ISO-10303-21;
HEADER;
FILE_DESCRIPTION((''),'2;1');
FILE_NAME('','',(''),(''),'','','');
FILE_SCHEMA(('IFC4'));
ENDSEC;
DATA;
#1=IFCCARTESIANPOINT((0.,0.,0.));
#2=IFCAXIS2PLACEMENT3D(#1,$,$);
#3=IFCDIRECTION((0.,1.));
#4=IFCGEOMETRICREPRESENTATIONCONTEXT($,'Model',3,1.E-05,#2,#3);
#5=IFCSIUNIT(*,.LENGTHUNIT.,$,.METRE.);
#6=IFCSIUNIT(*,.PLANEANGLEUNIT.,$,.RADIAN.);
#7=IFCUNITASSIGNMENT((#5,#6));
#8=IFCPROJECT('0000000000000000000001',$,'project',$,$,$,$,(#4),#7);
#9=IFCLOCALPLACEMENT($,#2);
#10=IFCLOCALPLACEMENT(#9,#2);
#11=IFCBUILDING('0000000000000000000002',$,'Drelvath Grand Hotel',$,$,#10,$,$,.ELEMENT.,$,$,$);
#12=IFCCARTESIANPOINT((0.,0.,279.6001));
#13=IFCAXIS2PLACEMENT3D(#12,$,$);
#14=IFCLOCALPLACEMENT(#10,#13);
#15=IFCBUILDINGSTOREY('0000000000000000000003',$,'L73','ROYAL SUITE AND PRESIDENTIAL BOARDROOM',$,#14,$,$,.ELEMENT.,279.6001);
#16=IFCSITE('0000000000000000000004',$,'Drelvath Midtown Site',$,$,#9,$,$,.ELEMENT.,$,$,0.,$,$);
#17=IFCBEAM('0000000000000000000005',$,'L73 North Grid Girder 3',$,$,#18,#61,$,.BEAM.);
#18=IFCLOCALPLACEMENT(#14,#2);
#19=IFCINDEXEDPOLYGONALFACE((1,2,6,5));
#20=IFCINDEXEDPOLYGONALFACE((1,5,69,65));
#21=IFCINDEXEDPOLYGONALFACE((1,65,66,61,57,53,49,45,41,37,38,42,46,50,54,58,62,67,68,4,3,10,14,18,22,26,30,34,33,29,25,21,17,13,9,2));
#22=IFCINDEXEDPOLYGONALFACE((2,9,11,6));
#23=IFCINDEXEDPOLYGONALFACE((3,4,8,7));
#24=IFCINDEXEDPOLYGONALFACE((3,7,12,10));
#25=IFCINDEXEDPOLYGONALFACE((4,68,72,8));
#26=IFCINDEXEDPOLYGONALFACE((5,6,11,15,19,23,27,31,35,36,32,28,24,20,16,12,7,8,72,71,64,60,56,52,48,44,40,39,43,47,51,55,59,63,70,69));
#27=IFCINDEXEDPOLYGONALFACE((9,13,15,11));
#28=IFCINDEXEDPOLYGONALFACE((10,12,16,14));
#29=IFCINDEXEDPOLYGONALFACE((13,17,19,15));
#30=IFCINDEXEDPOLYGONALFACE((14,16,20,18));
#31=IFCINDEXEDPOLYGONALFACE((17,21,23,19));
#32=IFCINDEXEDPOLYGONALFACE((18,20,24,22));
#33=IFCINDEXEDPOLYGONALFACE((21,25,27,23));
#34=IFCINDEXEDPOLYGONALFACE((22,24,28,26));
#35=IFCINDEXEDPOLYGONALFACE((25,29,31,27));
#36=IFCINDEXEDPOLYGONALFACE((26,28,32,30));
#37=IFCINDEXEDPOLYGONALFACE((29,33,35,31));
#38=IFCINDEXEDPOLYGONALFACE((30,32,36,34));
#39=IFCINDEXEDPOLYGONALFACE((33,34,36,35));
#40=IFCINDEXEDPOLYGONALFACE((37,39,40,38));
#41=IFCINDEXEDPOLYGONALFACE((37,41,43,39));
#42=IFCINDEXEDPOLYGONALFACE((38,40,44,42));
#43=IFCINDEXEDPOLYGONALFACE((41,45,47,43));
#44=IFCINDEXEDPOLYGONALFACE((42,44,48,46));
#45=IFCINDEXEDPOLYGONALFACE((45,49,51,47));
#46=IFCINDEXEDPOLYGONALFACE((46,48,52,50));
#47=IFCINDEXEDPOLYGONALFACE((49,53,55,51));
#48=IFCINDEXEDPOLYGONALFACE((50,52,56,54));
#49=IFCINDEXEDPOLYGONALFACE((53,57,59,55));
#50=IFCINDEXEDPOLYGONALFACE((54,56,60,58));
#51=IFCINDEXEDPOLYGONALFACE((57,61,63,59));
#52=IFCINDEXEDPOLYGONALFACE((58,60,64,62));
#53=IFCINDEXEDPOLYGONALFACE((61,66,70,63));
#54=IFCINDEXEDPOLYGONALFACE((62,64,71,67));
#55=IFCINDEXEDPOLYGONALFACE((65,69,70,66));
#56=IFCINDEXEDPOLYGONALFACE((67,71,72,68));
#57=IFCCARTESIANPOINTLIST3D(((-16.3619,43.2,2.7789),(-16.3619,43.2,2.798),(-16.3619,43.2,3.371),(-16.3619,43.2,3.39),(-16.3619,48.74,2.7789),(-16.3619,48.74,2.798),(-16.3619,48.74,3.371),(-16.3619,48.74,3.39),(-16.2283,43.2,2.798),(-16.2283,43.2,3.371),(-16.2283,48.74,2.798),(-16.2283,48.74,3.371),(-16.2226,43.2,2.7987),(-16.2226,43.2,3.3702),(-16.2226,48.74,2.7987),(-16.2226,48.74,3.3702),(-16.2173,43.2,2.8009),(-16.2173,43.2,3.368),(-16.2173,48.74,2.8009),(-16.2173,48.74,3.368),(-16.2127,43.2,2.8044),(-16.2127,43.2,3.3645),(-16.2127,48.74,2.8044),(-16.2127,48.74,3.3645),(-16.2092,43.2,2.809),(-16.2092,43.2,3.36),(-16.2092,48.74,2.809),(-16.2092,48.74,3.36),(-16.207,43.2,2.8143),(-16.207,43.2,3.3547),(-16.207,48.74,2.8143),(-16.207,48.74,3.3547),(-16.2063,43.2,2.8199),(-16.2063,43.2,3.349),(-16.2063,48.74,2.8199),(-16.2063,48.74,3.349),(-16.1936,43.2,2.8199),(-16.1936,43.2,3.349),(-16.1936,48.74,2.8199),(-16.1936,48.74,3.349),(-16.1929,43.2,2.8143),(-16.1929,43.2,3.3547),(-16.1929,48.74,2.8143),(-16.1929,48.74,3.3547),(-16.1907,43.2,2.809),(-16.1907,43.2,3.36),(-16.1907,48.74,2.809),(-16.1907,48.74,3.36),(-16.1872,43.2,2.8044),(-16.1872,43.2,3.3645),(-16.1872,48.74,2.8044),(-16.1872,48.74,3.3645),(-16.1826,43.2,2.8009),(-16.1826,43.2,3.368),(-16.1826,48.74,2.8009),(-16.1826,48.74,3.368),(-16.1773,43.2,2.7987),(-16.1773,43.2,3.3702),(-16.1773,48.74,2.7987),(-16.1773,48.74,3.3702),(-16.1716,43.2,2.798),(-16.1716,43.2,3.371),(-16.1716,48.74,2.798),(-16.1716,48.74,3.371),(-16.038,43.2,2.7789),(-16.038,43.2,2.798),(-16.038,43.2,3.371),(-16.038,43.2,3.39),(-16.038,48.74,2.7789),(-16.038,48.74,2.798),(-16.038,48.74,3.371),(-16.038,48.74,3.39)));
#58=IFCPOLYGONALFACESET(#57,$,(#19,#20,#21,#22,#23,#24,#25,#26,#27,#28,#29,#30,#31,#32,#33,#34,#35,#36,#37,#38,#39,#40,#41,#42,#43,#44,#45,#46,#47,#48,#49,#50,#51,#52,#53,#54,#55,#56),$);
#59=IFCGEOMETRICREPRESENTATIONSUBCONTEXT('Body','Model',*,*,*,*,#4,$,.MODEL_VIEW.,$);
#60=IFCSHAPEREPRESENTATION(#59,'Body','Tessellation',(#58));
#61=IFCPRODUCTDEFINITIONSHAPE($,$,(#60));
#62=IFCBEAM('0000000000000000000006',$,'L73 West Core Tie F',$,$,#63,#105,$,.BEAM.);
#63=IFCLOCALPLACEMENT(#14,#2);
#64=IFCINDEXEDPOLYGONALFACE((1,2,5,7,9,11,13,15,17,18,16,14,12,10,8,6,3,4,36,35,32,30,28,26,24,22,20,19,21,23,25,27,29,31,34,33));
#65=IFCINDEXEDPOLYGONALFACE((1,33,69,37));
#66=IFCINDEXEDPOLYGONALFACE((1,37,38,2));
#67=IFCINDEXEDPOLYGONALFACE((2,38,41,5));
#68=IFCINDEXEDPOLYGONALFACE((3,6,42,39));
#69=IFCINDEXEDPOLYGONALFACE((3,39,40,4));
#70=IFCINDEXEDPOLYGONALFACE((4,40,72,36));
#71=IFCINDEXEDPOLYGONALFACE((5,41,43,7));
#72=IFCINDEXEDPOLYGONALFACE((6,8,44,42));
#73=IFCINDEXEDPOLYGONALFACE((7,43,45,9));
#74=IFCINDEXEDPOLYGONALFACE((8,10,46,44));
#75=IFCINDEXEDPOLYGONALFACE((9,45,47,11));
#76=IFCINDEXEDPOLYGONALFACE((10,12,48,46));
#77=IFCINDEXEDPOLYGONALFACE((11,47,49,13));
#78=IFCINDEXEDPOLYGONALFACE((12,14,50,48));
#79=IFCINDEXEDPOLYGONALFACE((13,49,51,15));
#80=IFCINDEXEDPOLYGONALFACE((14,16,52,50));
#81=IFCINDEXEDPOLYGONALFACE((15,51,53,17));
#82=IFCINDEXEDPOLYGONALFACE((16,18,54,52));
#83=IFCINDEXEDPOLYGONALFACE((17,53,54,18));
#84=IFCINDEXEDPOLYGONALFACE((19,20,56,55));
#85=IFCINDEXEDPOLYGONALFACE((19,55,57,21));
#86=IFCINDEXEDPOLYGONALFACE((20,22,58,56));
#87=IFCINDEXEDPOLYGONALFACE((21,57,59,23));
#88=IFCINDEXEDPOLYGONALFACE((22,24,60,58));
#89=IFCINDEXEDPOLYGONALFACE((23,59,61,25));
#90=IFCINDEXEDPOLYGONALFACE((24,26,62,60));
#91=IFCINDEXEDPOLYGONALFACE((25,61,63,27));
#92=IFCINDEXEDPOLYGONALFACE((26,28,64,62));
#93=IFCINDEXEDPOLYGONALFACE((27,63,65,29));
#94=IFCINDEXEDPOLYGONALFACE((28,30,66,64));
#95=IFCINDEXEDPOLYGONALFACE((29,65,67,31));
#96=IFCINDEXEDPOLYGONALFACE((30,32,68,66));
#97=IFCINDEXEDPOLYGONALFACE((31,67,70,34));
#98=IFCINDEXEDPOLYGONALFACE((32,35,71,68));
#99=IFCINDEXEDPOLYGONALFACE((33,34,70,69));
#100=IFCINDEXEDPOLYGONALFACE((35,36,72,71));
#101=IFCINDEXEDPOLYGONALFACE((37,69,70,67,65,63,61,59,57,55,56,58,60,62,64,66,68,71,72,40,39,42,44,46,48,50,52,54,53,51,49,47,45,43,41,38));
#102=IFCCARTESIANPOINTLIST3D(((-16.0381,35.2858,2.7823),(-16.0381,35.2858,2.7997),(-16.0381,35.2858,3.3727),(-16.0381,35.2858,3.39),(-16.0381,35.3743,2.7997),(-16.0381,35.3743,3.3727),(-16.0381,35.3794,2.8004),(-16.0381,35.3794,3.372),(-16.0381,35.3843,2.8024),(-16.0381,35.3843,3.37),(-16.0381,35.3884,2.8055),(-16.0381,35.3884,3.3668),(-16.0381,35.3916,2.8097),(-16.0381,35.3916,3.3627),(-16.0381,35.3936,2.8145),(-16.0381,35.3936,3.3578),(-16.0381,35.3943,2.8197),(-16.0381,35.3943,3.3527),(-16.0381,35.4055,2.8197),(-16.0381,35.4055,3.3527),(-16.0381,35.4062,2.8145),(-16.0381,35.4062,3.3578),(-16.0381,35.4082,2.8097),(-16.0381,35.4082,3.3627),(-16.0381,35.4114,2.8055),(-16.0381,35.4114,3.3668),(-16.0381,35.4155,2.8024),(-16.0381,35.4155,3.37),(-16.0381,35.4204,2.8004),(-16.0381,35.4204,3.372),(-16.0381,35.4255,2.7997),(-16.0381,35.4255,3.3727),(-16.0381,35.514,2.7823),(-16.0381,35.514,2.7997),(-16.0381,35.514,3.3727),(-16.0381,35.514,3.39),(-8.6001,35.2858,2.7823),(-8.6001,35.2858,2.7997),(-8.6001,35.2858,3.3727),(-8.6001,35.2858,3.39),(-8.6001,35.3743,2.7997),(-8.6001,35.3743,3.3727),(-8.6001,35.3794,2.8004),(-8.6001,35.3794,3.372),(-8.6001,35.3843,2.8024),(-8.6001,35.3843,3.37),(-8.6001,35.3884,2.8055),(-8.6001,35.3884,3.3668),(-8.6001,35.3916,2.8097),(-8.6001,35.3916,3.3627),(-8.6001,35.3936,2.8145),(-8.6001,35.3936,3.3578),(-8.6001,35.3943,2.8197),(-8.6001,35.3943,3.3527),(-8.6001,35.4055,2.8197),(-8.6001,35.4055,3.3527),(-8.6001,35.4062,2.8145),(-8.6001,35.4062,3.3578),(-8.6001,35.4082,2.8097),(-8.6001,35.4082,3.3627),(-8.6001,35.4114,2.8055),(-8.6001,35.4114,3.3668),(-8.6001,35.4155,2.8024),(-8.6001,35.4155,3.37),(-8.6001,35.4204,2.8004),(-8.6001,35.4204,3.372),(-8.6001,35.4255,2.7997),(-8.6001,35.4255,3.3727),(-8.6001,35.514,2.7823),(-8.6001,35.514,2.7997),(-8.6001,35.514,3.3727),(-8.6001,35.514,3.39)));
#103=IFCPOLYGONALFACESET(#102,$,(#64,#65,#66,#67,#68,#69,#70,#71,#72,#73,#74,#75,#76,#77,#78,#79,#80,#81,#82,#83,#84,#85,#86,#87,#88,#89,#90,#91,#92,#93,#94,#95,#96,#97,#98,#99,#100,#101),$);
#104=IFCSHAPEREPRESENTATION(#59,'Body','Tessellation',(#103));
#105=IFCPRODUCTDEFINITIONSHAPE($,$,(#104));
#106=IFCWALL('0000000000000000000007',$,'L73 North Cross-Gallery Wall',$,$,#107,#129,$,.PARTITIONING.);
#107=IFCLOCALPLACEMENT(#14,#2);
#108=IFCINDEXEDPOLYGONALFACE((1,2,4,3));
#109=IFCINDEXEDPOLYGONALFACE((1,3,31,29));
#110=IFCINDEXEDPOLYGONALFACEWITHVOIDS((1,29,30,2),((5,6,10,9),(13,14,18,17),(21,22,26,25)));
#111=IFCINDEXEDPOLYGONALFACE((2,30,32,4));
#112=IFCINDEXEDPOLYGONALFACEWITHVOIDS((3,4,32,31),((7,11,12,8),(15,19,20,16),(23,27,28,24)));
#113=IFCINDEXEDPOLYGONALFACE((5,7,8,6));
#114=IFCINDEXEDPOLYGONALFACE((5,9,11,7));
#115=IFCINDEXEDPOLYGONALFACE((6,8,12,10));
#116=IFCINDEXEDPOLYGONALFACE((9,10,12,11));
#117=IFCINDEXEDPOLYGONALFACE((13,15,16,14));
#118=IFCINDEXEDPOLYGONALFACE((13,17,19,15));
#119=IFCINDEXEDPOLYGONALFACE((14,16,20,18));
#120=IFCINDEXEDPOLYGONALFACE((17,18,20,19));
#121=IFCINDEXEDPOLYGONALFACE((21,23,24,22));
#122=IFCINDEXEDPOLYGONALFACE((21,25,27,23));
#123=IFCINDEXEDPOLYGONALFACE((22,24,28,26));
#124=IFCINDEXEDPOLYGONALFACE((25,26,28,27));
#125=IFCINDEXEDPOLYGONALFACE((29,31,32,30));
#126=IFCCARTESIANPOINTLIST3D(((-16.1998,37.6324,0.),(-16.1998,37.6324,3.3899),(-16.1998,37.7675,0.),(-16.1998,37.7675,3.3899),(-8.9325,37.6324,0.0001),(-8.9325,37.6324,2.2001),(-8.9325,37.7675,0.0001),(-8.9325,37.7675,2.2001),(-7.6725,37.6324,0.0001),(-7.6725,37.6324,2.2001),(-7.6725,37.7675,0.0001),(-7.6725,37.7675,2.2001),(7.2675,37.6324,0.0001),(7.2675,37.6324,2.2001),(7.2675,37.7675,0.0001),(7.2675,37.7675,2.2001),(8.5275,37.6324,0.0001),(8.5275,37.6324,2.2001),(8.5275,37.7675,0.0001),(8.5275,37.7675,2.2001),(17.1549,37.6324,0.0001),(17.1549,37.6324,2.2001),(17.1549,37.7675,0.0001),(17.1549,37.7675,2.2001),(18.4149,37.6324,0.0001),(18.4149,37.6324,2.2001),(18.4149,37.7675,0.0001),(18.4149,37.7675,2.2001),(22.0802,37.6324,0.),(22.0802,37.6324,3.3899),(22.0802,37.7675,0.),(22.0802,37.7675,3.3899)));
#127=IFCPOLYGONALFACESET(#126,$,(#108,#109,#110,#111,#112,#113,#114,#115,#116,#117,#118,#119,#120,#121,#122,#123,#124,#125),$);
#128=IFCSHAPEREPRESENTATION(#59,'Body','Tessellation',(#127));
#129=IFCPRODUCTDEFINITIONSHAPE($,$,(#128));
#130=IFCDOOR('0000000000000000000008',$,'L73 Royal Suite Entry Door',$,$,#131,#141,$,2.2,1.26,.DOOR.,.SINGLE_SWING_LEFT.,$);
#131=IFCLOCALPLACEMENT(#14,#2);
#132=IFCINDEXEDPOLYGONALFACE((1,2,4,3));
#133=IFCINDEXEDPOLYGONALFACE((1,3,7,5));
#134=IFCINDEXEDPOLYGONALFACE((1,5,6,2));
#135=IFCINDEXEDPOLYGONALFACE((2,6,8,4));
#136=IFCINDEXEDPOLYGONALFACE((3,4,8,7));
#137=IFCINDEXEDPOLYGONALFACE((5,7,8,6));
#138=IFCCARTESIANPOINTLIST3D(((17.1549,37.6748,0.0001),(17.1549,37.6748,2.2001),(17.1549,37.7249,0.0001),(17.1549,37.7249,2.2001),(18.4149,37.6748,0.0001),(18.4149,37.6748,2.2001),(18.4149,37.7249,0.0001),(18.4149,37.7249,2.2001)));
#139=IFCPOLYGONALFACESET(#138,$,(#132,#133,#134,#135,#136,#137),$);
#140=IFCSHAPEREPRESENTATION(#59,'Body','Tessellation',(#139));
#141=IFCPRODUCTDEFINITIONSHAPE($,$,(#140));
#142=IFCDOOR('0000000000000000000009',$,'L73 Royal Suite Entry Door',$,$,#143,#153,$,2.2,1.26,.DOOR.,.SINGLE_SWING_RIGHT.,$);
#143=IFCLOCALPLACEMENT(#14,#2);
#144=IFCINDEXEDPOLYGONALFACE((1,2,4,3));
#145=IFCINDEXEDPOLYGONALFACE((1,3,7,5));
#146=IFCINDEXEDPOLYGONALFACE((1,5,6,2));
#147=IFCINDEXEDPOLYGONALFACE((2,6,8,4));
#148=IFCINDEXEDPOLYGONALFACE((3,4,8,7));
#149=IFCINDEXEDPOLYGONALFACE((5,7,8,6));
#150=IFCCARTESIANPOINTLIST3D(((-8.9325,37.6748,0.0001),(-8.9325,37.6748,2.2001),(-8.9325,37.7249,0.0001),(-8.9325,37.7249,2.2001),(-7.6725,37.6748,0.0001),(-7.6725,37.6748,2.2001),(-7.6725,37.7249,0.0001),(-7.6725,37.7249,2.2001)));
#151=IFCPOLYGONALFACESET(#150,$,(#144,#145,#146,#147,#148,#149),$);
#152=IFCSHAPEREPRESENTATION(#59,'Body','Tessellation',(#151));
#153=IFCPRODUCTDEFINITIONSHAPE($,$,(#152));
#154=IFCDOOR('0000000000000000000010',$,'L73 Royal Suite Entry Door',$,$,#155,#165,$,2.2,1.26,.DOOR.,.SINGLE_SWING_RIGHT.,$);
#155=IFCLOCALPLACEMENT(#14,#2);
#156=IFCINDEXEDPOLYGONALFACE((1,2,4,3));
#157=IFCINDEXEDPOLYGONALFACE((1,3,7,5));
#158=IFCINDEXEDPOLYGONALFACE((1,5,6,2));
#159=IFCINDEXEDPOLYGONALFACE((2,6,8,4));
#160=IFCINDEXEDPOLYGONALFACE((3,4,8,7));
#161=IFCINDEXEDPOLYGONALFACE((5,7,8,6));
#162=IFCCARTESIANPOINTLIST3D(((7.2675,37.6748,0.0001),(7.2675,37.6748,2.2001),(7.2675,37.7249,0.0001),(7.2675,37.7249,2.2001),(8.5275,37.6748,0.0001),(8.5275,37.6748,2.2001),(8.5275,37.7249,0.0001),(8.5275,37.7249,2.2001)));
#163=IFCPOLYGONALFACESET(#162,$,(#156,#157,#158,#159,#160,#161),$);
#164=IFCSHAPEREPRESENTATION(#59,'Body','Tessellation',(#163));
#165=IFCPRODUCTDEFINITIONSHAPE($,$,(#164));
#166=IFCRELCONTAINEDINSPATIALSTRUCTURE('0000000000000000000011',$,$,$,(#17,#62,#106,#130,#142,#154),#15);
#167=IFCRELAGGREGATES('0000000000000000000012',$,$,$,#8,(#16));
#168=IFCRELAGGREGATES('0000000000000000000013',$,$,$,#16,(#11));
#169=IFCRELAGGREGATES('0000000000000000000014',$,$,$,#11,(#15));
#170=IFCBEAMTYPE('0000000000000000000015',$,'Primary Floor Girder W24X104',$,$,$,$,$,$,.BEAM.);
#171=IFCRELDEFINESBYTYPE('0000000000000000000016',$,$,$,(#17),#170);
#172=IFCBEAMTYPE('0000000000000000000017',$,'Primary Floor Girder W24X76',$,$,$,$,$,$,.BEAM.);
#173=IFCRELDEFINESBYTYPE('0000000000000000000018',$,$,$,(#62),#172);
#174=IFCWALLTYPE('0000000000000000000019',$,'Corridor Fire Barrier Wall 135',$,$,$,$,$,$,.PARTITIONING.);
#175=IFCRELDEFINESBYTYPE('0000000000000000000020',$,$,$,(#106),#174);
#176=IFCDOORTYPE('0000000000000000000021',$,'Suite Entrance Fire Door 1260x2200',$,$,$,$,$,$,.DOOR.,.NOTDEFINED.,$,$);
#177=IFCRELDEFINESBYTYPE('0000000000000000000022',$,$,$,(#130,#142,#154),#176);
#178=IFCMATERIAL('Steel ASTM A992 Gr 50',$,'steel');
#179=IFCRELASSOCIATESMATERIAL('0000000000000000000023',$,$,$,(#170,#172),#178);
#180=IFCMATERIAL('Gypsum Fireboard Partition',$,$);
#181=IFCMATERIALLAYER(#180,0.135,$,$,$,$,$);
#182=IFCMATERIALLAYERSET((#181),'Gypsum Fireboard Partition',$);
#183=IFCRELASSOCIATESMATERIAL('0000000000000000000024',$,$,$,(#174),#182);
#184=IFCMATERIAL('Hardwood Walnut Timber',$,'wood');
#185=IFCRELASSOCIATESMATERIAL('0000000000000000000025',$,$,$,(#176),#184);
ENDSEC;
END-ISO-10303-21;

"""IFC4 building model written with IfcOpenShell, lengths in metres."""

from ifc_helpers import new_model, si_unit, direction, frame, frame_2d, origin, origin_2d, place, context, subcontext, project, spatial, rectangle, i_section, extrude, material, layer, layer_set, material_profile, profile_set, type_object, element, fill, save


model = new_model("IFC4")

# Units and contexts
model_context = context("Model", 3, precision=1e-05, world=origin(), true_north=direction((0.0, 1.0)))
body_context = subcontext(model_context, "Body", "Model", "MODEL_VIEW")
ifc_project = project(units=[si_unit("LENGTHUNIT", "METRE"), si_unit("PLANEANGLEUNIT", "RADIAN")], contexts=[model_context])

# Site, building, storey
site_placement = place(None, origin())
site = spatial("IfcSite", under=ifc_project, at=site_placement, Name="Drelvath Midtown Site", CompositionType="ELEMENT", RefElevation=0.0)
building_placement = place(site_placement, origin())
building = spatial("IfcBuilding", under=site, at=building_placement, Name="Drelvath Grand Hotel", CompositionType="ELEMENT")
storey_placement = place(building_placement, frame((0.0, 0.0, 279.6001)))
storey = spatial("IfcBuildingStorey", under=building, at=storey_placement, Name="L73", Description="ROYAL SUITE AND PRESIDENTIAL BOARDROOM", CompositionType="ELEMENT", Elevation=279.6001)

# Shared definitions
ifc_material_1 = material(Name="Steel ASTM A992 Gr 50", Category="steel")

# Beams
ifc_material_profile_1 = material_profile(ifc_material_1, i_section(OverallWidth=0.324, OverallDepth=0.6111, WebThickness=0.0127, FlangeThickness=0.019, FilletRadius=0.022, at=origin_2d()), Name="W24X104")
ifc_profile_set_1 = profile_set([ifc_material_profile_1], Name="Steel ASTM A992 Gr 50")
beam_type_1 = type_object("IfcBeamType", Name="Primary Floor Girder W24X104", PredefinedType="BEAM", material=ifc_profile_set_1)
for number, where, z_axis, x_axis, name in (
    (1, (-16.2, 43.2, 3.0845), (0.0, 1.0, 0.0), (-1.0, 0.0, 0.0), "L73 North Grid Girder 3"),
):
    element("IfcBeam", number, at=place(storey_placement, frame(where, z_axis=z_axis, x_axis=x_axis)), inside=storey, type_object=beam_type_1, Name=name, PredefinedType="BEAM", context=body_context, shape_type="SweptSolid", body=[
        extrude(i_section(OverallWidth=0.324, OverallDepth=0.6111, WebThickness=0.0127, FlangeThickness=0.019, FilletRadius=0.022, at=origin_2d()), origin(), (0.0, 0.0, 1.0), 5.54),
    ])
ifc_material_profile_2 = material_profile(ifc_material_1, i_section(OverallWidth=0.2283, OverallDepth=0.6077, WebThickness=0.0112, FlangeThickness=0.0173, FilletRadius=0.02, at=origin_2d()), Name="W24X76")
ifc_profile_set_2 = profile_set([ifc_material_profile_2], Name="Steel ASTM A992 Gr 50")
beam_type_2 = type_object("IfcBeamType", Name="Primary Floor Girder W24X76", PredefinedType="BEAM", material=ifc_profile_set_2)
beam_1_placement = place(storey_placement, frame((-16.0381, 35.3999, 3.0862), z_axis=(1.0, 0.0, 0.0), x_axis=(0.0, 1.0, 0.0)))
element("IfcBeam", 2, at=beam_1_placement, inside=storey, type_object=beam_type_2, Name="L73 West Core Tie F", PredefinedType="BEAM", context=body_context, shape_type="SweptSolid", body=[
    extrude(i_section(OverallWidth=0.2283, OverallDepth=0.6077, WebThickness=0.0112, FlangeThickness=0.0173, FilletRadius=0.02, at=origin_2d()), origin(), (0.0, 0.0, 1.0), 7.438),
])

# Wall, openings, doors
ifc_material_2 = material(Name="Gypsum Fireboard Partition")
ifc_layer_1 = layer(ifc_material_2, 0.135)
ifc_layer_set_1 = layer_set([ifc_layer_1], Name="Gypsum Fireboard Partition")
wall_type_1 = type_object("IfcWallType", Name="Corridor Fire Barrier Wall 135", PredefinedType="PARTITIONING", material=ifc_layer_set_1)
wall_1_placement = place(storey_placement, frame((-16.2, 37.7, 0.0), z_axis=(0.0, 0.0, 1.0), x_axis=(1.0, 0.0, 0.0)))
wall_1 = element("IfcWall", 3, at=wall_1_placement, inside=storey, type_object=wall_type_1, Name="L73 North Cross-Gallery Wall", PredefinedType="PARTITIONING", context=body_context, shape_type="SweptSolid", body=[
    extrude(rectangle(XDim=38.28, YDim=0.135, at=frame_2d((19.1401, 0.0))), origin(), (0.0, 0.0, 1.0), 3.3899),
])
opening_1_placement = place(wall_1_placement, frame((33.355, 0.0, 0.0)))
opening_1 = element("IfcOpeningElement", 4, at=opening_1_placement, cuts=wall_1, PredefinedType="OPENING", context=body_context, shape_type="SweptSolid", body=[
    extrude(rectangle(XDim=1.26, YDim=2.2, at=frame_2d((0.6299, 1.1001))), frame((0.0, 0.0774, 0.0), z_axis=(0.0, -1.0, 0.0), x_axis=(1.0, 0.0, 0.0)), (0.0, 0.0, 1.0), 0.155),
])
opening_2_placement = place(wall_1_placement, frame((7.2676, 0.0, 0.0)))
opening_2 = element("IfcOpeningElement", 5, at=opening_2_placement, cuts=wall_1, PredefinedType="OPENING", context=body_context, shape_type="SweptSolid", body=[
    extrude(rectangle(XDim=1.26, YDim=2.2, at=frame_2d((0.6299, 1.1001))), frame((0.0, 0.0774, 0.0), z_axis=(0.0, -1.0, 0.0), x_axis=(1.0, 0.0, 0.0)), (0.0, 0.0, 1.0), 0.155),
])
opening_3_placement = place(wall_1_placement, frame((23.4675, 0.0, 0.0)))
opening_3 = element("IfcOpeningElement", 6, at=opening_3_placement, cuts=wall_1, PredefinedType="OPENING", context=body_context, shape_type="SweptSolid", body=[
    extrude(rectangle(XDim=1.26, YDim=2.2, at=frame_2d((0.6299, 1.1001))), frame((0.0, 0.0774, 0.0), z_axis=(0.0, -1.0, 0.0), x_axis=(1.0, 0.0, 0.0)), (0.0, 0.0, 1.0), 0.155),
])
ifc_material_3 = material(Name="Hardwood Walnut Timber", Category="wood")
door_type_1 = type_object("IfcDoorType", Name="Suite Entrance Fire Door 1260x2200", OperationType="NOTDEFINED", PredefinedType="DOOR", material=ifc_material_3)
door_1_placement = place(opening_1_placement, origin())
door_1 = element("IfcDoor", 7, at=door_1_placement, inside=storey, type_object=door_type_1, Name="L73 Royal Suite Entry Door", OperationType="SINGLE_SWING_LEFT", OverallHeight=2.2, OverallWidth=1.26, PredefinedType="DOOR", context=body_context, shape_type="SweptSolid", body=[
    extrude(rectangle(XDim=1.26, YDim=2.2, at=frame_2d((0.6299, 1.1001))), frame((0.0, 0.0249, 0.0), z_axis=(0.0, -1.0, 0.0), x_axis=(1.0, 0.0, 0.0)), (0.0, 0.0, 1.0), 0.05),
])
fill(opening_1, door_1)
door_2_placement = place(opening_2_placement, origin())
door_2 = element("IfcDoor", 8, at=door_2_placement, inside=storey, type_object=door_type_1, Name="L73 Royal Suite Entry Door", OperationType="SINGLE_SWING_RIGHT", OverallHeight=2.2, OverallWidth=1.26, PredefinedType="DOOR", context=body_context, shape_type="SweptSolid", body=[
    extrude(rectangle(XDim=1.26, YDim=2.2, at=frame_2d((0.6299, 1.1001))), frame((0.0, 0.0249, 0.0), z_axis=(0.0, -1.0, 0.0), x_axis=(1.0, 0.0, 0.0)), (0.0, 0.0, 1.0), 0.05),
])
fill(opening_2, door_2)
door_3_placement = place(opening_3_placement, origin())
door_3 = element("IfcDoor", 9, at=door_3_placement, inside=storey, type_object=door_type_1, Name="L73 Royal Suite Entry Door", OperationType="SINGLE_SWING_RIGHT", OverallHeight=2.2, OverallWidth=1.26, PredefinedType="DOOR", context=body_context, shape_type="SweptSolid", body=[
    extrude(rectangle(XDim=1.26, YDim=2.2, at=frame_2d((0.6299, 1.1001))), frame((0.0, 0.0249, 0.0), z_axis=(0.0, -1.0, 0.0), x_axis=(1.0, 0.0, 0.0)), (0.0, 0.0, 1.0), 0.05),
])
fill(opening_3, door_3)

save(model, "model.ifc")
